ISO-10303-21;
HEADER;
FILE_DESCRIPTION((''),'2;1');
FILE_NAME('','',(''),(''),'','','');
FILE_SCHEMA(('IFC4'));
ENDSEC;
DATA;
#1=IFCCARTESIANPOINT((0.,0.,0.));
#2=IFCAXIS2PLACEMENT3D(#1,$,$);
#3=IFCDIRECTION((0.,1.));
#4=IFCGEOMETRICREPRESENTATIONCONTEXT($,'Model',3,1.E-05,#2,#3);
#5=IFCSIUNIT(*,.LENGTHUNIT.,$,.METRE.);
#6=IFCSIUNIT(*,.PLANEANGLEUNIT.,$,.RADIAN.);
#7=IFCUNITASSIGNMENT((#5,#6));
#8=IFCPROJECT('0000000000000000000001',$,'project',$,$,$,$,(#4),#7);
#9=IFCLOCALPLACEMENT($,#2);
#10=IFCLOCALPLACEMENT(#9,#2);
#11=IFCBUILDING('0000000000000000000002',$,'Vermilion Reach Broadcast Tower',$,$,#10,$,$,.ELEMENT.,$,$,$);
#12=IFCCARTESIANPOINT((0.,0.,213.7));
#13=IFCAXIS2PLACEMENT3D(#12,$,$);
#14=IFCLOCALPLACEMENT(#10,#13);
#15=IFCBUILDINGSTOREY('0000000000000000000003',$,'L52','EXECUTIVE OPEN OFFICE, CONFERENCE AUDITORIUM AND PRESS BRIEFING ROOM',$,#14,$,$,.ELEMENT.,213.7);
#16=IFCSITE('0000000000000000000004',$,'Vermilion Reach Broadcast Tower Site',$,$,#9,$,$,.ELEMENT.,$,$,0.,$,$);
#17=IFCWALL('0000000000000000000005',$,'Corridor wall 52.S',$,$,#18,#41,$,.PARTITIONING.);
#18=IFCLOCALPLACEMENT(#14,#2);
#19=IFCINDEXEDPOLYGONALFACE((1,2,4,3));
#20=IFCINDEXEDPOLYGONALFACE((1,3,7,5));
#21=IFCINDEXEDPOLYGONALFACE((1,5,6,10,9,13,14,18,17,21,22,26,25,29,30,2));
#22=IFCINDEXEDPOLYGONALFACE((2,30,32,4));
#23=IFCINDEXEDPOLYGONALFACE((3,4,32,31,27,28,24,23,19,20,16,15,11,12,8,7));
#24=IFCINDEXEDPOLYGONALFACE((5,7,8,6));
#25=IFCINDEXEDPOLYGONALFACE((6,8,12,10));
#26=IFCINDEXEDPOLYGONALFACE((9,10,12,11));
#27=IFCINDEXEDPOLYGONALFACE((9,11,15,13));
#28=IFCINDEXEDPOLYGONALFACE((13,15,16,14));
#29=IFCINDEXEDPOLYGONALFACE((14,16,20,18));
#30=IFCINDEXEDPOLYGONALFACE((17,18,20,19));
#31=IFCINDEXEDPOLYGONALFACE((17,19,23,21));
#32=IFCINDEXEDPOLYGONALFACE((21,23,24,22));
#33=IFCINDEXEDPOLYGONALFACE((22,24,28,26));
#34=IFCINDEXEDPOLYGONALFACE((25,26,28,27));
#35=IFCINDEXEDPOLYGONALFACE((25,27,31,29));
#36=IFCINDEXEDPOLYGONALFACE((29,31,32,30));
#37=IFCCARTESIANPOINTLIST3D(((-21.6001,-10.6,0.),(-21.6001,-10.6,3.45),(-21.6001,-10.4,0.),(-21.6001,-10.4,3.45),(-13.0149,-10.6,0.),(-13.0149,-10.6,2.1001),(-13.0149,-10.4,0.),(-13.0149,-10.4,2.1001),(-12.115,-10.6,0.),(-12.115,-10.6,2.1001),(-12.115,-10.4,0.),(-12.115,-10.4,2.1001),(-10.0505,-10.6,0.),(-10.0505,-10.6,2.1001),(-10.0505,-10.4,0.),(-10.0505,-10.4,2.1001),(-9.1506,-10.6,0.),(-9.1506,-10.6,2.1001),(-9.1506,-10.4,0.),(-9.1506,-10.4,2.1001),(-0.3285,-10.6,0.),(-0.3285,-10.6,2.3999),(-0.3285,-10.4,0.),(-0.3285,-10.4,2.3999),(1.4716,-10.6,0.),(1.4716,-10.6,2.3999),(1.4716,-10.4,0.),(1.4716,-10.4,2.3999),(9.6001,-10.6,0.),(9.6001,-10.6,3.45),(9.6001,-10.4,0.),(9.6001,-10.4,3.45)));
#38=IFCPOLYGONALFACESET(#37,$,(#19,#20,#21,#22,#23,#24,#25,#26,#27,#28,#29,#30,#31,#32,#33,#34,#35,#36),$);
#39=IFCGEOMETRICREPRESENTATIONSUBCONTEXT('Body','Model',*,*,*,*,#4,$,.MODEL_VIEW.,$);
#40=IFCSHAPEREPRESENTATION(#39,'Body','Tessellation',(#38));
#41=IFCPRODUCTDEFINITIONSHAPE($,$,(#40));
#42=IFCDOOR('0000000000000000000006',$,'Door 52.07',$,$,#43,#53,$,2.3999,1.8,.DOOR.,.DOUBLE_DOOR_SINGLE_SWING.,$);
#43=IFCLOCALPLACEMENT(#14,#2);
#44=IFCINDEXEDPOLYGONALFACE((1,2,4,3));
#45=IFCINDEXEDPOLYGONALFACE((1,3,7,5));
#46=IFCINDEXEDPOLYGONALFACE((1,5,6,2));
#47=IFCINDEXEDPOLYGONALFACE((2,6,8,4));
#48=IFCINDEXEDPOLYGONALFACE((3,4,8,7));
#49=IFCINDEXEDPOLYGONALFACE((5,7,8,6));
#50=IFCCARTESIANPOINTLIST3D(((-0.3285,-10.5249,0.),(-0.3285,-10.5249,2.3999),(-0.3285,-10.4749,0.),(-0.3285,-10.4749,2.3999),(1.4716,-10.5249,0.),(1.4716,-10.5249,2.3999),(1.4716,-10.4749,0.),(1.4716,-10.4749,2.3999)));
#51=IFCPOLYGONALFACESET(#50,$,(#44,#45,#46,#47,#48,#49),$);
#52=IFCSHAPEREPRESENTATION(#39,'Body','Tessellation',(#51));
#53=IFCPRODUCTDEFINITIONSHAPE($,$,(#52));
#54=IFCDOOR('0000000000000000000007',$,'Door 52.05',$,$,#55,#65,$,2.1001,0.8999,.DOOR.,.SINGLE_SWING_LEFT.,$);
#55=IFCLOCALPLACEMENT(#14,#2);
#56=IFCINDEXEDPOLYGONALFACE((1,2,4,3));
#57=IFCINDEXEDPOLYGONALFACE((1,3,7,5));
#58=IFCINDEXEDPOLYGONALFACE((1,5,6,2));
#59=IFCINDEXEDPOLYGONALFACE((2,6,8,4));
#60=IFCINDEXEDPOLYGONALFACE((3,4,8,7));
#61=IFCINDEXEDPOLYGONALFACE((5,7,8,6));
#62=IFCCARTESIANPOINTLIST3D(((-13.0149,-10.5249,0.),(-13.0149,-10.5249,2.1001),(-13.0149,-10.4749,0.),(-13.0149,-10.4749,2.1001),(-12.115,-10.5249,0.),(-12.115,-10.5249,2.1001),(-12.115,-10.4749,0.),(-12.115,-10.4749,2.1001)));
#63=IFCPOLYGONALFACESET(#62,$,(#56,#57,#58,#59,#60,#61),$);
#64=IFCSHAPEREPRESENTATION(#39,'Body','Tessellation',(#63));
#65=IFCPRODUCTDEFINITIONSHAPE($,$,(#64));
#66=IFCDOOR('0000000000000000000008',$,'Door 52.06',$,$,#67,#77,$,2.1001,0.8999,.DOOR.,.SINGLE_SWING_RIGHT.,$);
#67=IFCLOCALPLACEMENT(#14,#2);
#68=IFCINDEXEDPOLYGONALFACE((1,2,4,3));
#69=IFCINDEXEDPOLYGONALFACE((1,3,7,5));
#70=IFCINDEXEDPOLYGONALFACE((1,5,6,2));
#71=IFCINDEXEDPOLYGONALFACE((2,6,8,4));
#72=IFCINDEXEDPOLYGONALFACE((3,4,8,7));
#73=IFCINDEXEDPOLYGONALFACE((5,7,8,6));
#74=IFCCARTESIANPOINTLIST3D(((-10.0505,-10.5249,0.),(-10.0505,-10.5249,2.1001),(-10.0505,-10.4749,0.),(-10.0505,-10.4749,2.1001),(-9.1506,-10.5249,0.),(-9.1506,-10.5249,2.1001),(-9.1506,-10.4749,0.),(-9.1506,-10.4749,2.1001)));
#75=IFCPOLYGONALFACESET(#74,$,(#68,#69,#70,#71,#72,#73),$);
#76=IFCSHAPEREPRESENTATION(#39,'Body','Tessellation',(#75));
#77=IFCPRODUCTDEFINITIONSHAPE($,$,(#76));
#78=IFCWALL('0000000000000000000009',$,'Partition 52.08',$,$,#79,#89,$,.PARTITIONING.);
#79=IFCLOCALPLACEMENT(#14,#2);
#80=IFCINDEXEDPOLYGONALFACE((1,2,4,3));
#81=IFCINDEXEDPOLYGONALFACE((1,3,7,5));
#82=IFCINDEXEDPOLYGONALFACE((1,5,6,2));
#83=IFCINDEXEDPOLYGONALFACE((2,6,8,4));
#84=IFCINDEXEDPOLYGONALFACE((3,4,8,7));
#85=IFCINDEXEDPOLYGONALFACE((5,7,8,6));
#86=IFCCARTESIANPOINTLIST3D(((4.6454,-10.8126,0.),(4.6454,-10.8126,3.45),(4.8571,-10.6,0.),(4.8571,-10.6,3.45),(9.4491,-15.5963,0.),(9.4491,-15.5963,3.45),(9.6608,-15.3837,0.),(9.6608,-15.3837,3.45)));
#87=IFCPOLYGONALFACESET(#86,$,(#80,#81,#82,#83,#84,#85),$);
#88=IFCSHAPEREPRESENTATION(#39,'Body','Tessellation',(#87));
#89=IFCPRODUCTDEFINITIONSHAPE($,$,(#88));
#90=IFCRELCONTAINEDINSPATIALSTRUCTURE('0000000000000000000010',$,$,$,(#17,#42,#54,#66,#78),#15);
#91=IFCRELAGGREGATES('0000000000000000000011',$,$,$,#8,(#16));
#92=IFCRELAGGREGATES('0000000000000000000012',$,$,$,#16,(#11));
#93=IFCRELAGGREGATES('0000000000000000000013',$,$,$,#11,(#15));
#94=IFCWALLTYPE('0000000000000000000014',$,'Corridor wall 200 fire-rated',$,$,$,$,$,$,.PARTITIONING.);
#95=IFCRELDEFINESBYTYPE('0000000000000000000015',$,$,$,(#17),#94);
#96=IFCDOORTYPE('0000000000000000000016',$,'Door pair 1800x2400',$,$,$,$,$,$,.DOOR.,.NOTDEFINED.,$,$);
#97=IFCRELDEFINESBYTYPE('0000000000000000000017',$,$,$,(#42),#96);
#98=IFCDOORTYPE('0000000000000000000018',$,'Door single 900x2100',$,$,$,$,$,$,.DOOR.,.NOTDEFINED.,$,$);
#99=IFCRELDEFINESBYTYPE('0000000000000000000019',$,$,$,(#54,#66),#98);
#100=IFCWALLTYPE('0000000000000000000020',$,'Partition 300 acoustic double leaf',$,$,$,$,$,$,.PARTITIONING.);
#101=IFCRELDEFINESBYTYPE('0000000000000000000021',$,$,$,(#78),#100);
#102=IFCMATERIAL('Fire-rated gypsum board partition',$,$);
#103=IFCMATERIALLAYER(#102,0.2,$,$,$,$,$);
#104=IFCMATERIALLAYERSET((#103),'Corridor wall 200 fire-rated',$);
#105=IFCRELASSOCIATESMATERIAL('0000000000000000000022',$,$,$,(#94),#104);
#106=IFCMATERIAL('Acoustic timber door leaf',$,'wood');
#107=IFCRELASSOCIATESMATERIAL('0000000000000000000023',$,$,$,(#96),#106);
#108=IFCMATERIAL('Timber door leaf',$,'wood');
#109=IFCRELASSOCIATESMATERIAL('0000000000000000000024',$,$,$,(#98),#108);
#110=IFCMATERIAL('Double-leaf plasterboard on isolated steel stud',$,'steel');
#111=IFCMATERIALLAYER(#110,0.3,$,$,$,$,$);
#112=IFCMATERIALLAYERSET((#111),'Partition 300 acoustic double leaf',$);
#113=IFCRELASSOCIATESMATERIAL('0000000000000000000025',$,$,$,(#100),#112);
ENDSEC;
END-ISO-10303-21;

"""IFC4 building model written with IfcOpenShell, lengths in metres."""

from ifc_helpers import new_model, si_unit, direction, frame, frame_2d, origin, place, context, subcontext, project, spatial, rectangle, extrude, material, layer, layer_set, type_object, element, fill, save


model = new_model("IFC4")

# Units and contexts
model_context = context("Model", 3, precision=1e-05, world=origin(), true_north=direction((0.0, 1.0)))
body_context = subcontext(model_context, "Body", "Model", "MODEL_VIEW")
ifc_project = project(units=[si_unit("LENGTHUNIT", "METRE"), si_unit("PLANEANGLEUNIT", "RADIAN")], contexts=[model_context])

# Site, building, storey
site_placement = place(None, origin())
site = spatial("IfcSite", under=ifc_project, at=site_placement, Name="Vermilion Reach Broadcast Tower Site", CompositionType="ELEMENT", RefElevation=0.0)
building_placement = place(site_placement, origin())
building = spatial("IfcBuilding", under=site, at=building_placement, Name="Vermilion Reach Broadcast Tower", CompositionType="ELEMENT")
storey_placement = place(building_placement, frame((0.0, 0.0, 213.7)))
storey = spatial("IfcBuildingStorey", under=building, at=storey_placement, Name="L52", Description="EXECUTIVE OPEN OFFICE, CONFERENCE AUDITORIUM AND PRESS BRIEFING ROOM", CompositionType="ELEMENT", Elevation=213.7)

# Wall, openings, doors
ifc_material_1 = material(Name="Fire-rated gypsum board partition")
ifc_layer_1 = layer(ifc_material_1, 0.2)
ifc_layer_set_1 = layer_set([ifc_layer_1], Name="Corridor wall 200 fire-rated")
wall_type_1 = type_object("IfcWallType", Name="Corridor wall 200 fire-rated", PredefinedType="PARTITIONING", material=ifc_layer_set_1)
wall_1_placement = place(storey_placement, frame((9.6001, -10.5, 0.0), z_axis=(0.0, 0.0, 1.0), x_axis=(-1.0, 0.0, 0.0)))
wall_1 = element("IfcWall", 1, at=wall_1_placement, inside=storey, type_object=wall_type_1, Name="Corridor wall 52.S", PredefinedType="PARTITIONING", context=body_context, shape_type="SweptSolid", body=[
    extrude(rectangle(XDim=31.2002, YDim=0.2, at=frame_2d((15.6001, 0.0))), origin(), (0.0, 0.0, 1.0), 3.45),
])
opening_1_placement = place(wall_1_placement, frame((21.7151, 0.0, 0.0)))
opening_1 = element("IfcOpeningElement", 2, at=opening_1_placement, cuts=wall_1, PredefinedType="OPENING", context=body_context, shape_type="SweptSolid", body=[
    extrude(rectangle(XDim=0.8999, YDim=2.1001, at=frame_2d((0.45, 1.05))), frame((0.0, 0.1099, 0.0), z_axis=(0.0, -1.0, 0.0), x_axis=(1.0, 0.0, 0.0)), (0.0, 0.0, 1.0), 0.22),
])
opening_2_placement = place(wall_1_placement, frame((18.7507, 0.0, 0.0)))
opening_2 = element("IfcOpeningElement", 3, at=opening_2_placement, cuts=wall_1, PredefinedType="OPENING", context=body_context, shape_type="SweptSolid", body=[
    extrude(rectangle(XDim=0.8999, YDim=2.1001, at=frame_2d((0.45, 1.05))), frame((0.0, 0.1099, 0.0), z_axis=(0.0, -1.0, 0.0), x_axis=(1.0, 0.0, 0.0)), (0.0, 0.0, 1.0), 0.22),
])
opening_3_placement = place(wall_1_placement, frame((8.1287, 0.0, 0.0)))
opening_3 = element("IfcOpeningElement", 4, at=opening_3_placement, cuts=wall_1, PredefinedType="OPENING", context=body_context, shape_type="SweptSolid", body=[
    extrude(rectangle(XDim=1.8, YDim=2.3999, at=frame_2d((0.8999, 1.2))), frame((0.0, 0.1099, 0.0), z_axis=(0.0, -1.0, 0.0), x_axis=(1.0, 0.0, 0.0)), (0.0, 0.0, 1.0), 0.22),
])
ifc_material_2 = material(Name="Acoustic timber door leaf", Category="wood")
door_type_1 = type_object("IfcDoorType", Name="Door pair 1800x2400", OperationType="NOTDEFINED", PredefinedType="DOOR", material=ifc_material_2)
door_1_placement = place(opening_3_placement, origin())
door_1 = element("IfcDoor", 5, at=door_1_placement, inside=storey, type_object=door_type_1, Name="Door 52.07", OperationType="DOUBLE_DOOR_SINGLE_SWING", OverallHeight=2.3999, OverallWidth=1.8, PredefinedType="DOOR", context=body_context, shape_type="SweptSolid", body=[
    extrude(rectangle(XDim=1.8, YDim=2.3999, at=frame_2d((0.8999, 1.2))), frame((0.0, 0.0249, 0.0), z_axis=(0.0, -1.0, 0.0), x_axis=(1.0, 0.0, 0.0)), (0.0, 0.0, 1.0), 0.05),
])
fill(opening_3, door_1)
ifc_material_3 = material(Name="Timber door leaf", Category="wood")
door_type_2 = type_object("IfcDoorType", Name="Door single 900x2100", OperationType="NOTDEFINED", PredefinedType="DOOR", material=ifc_material_3)
door_2_placement = place(opening_1_placement, origin())
door_2 = element("IfcDoor", 6, at=door_2_placement, inside=storey, type_object=door_type_2, Name="Door 52.05", OperationType="SINGLE_SWING_LEFT", OverallHeight=2.1001, OverallWidth=0.8999, PredefinedType="DOOR", context=body_context, shape_type="SweptSolid", body=[
    extrude(rectangle(XDim=0.8999, YDim=2.1001, at=frame_2d((0.45, 1.05))), frame((0.0, 0.0249, 0.0), z_axis=(0.0, -1.0, 0.0), x_axis=(1.0, 0.0, 0.0)), (0.0, 0.0, 1.0), 0.05),
])
fill(opening_1, door_2)
door_3_placement = place(opening_2_placement, origin())
door_3 = element("IfcDoor", 7, at=door_3_placement, inside=storey, type_object=door_type_2, Name="Door 52.06", OperationType="SINGLE_SWING_RIGHT", OverallHeight=2.1001, OverallWidth=0.8999, PredefinedType="DOOR", context=body_context, shape_type="SweptSolid", body=[
    extrude(rectangle(XDim=0.8999, YDim=2.1001, at=frame_2d((0.45, 1.05))), frame((0.0, 0.0249, 0.0), z_axis=(0.0, -1.0, 0.0), x_axis=(1.0, 0.0, 0.0)), (0.0, 0.0, 1.0), 0.05),
])
fill(opening_2, door_3)

# Wall
ifc_material_4 = material(Name="Double-leaf plasterboard on isolated steel stud", Category="steel")
ifc_layer_2 = layer(ifc_material_4, 0.3)
ifc_layer_set_2 = layer_set([ifc_layer_2], Name="Partition 300 acoustic double leaf")
wall_type_2 = type_object("IfcWallType", Name="Partition 300 acoustic double leaf", PredefinedType="PARTITIONING", material=ifc_layer_set_2)
wall_2_placement = place(storey_placement, frame((9.5549, -15.49, 0.0), z_axis=(0.0, 0.0, 1.0), x_axis=(-0.708582, 0.705629, 0.0)))
element("IfcWall", 8, at=wall_2_placement, inside=storey, type_object=wall_type_2, Name="Partition 52.08", PredefinedType="PARTITIONING", context=body_context, shape_type="SweptSolid", body=[
    extrude(rectangle(XDim=6.7793, YDim=0.3, at=frame_2d((3.3896, 0.0))), origin(), (0.0, 0.0, 1.0), 3.45),
])

save(model, "model.ifc")
